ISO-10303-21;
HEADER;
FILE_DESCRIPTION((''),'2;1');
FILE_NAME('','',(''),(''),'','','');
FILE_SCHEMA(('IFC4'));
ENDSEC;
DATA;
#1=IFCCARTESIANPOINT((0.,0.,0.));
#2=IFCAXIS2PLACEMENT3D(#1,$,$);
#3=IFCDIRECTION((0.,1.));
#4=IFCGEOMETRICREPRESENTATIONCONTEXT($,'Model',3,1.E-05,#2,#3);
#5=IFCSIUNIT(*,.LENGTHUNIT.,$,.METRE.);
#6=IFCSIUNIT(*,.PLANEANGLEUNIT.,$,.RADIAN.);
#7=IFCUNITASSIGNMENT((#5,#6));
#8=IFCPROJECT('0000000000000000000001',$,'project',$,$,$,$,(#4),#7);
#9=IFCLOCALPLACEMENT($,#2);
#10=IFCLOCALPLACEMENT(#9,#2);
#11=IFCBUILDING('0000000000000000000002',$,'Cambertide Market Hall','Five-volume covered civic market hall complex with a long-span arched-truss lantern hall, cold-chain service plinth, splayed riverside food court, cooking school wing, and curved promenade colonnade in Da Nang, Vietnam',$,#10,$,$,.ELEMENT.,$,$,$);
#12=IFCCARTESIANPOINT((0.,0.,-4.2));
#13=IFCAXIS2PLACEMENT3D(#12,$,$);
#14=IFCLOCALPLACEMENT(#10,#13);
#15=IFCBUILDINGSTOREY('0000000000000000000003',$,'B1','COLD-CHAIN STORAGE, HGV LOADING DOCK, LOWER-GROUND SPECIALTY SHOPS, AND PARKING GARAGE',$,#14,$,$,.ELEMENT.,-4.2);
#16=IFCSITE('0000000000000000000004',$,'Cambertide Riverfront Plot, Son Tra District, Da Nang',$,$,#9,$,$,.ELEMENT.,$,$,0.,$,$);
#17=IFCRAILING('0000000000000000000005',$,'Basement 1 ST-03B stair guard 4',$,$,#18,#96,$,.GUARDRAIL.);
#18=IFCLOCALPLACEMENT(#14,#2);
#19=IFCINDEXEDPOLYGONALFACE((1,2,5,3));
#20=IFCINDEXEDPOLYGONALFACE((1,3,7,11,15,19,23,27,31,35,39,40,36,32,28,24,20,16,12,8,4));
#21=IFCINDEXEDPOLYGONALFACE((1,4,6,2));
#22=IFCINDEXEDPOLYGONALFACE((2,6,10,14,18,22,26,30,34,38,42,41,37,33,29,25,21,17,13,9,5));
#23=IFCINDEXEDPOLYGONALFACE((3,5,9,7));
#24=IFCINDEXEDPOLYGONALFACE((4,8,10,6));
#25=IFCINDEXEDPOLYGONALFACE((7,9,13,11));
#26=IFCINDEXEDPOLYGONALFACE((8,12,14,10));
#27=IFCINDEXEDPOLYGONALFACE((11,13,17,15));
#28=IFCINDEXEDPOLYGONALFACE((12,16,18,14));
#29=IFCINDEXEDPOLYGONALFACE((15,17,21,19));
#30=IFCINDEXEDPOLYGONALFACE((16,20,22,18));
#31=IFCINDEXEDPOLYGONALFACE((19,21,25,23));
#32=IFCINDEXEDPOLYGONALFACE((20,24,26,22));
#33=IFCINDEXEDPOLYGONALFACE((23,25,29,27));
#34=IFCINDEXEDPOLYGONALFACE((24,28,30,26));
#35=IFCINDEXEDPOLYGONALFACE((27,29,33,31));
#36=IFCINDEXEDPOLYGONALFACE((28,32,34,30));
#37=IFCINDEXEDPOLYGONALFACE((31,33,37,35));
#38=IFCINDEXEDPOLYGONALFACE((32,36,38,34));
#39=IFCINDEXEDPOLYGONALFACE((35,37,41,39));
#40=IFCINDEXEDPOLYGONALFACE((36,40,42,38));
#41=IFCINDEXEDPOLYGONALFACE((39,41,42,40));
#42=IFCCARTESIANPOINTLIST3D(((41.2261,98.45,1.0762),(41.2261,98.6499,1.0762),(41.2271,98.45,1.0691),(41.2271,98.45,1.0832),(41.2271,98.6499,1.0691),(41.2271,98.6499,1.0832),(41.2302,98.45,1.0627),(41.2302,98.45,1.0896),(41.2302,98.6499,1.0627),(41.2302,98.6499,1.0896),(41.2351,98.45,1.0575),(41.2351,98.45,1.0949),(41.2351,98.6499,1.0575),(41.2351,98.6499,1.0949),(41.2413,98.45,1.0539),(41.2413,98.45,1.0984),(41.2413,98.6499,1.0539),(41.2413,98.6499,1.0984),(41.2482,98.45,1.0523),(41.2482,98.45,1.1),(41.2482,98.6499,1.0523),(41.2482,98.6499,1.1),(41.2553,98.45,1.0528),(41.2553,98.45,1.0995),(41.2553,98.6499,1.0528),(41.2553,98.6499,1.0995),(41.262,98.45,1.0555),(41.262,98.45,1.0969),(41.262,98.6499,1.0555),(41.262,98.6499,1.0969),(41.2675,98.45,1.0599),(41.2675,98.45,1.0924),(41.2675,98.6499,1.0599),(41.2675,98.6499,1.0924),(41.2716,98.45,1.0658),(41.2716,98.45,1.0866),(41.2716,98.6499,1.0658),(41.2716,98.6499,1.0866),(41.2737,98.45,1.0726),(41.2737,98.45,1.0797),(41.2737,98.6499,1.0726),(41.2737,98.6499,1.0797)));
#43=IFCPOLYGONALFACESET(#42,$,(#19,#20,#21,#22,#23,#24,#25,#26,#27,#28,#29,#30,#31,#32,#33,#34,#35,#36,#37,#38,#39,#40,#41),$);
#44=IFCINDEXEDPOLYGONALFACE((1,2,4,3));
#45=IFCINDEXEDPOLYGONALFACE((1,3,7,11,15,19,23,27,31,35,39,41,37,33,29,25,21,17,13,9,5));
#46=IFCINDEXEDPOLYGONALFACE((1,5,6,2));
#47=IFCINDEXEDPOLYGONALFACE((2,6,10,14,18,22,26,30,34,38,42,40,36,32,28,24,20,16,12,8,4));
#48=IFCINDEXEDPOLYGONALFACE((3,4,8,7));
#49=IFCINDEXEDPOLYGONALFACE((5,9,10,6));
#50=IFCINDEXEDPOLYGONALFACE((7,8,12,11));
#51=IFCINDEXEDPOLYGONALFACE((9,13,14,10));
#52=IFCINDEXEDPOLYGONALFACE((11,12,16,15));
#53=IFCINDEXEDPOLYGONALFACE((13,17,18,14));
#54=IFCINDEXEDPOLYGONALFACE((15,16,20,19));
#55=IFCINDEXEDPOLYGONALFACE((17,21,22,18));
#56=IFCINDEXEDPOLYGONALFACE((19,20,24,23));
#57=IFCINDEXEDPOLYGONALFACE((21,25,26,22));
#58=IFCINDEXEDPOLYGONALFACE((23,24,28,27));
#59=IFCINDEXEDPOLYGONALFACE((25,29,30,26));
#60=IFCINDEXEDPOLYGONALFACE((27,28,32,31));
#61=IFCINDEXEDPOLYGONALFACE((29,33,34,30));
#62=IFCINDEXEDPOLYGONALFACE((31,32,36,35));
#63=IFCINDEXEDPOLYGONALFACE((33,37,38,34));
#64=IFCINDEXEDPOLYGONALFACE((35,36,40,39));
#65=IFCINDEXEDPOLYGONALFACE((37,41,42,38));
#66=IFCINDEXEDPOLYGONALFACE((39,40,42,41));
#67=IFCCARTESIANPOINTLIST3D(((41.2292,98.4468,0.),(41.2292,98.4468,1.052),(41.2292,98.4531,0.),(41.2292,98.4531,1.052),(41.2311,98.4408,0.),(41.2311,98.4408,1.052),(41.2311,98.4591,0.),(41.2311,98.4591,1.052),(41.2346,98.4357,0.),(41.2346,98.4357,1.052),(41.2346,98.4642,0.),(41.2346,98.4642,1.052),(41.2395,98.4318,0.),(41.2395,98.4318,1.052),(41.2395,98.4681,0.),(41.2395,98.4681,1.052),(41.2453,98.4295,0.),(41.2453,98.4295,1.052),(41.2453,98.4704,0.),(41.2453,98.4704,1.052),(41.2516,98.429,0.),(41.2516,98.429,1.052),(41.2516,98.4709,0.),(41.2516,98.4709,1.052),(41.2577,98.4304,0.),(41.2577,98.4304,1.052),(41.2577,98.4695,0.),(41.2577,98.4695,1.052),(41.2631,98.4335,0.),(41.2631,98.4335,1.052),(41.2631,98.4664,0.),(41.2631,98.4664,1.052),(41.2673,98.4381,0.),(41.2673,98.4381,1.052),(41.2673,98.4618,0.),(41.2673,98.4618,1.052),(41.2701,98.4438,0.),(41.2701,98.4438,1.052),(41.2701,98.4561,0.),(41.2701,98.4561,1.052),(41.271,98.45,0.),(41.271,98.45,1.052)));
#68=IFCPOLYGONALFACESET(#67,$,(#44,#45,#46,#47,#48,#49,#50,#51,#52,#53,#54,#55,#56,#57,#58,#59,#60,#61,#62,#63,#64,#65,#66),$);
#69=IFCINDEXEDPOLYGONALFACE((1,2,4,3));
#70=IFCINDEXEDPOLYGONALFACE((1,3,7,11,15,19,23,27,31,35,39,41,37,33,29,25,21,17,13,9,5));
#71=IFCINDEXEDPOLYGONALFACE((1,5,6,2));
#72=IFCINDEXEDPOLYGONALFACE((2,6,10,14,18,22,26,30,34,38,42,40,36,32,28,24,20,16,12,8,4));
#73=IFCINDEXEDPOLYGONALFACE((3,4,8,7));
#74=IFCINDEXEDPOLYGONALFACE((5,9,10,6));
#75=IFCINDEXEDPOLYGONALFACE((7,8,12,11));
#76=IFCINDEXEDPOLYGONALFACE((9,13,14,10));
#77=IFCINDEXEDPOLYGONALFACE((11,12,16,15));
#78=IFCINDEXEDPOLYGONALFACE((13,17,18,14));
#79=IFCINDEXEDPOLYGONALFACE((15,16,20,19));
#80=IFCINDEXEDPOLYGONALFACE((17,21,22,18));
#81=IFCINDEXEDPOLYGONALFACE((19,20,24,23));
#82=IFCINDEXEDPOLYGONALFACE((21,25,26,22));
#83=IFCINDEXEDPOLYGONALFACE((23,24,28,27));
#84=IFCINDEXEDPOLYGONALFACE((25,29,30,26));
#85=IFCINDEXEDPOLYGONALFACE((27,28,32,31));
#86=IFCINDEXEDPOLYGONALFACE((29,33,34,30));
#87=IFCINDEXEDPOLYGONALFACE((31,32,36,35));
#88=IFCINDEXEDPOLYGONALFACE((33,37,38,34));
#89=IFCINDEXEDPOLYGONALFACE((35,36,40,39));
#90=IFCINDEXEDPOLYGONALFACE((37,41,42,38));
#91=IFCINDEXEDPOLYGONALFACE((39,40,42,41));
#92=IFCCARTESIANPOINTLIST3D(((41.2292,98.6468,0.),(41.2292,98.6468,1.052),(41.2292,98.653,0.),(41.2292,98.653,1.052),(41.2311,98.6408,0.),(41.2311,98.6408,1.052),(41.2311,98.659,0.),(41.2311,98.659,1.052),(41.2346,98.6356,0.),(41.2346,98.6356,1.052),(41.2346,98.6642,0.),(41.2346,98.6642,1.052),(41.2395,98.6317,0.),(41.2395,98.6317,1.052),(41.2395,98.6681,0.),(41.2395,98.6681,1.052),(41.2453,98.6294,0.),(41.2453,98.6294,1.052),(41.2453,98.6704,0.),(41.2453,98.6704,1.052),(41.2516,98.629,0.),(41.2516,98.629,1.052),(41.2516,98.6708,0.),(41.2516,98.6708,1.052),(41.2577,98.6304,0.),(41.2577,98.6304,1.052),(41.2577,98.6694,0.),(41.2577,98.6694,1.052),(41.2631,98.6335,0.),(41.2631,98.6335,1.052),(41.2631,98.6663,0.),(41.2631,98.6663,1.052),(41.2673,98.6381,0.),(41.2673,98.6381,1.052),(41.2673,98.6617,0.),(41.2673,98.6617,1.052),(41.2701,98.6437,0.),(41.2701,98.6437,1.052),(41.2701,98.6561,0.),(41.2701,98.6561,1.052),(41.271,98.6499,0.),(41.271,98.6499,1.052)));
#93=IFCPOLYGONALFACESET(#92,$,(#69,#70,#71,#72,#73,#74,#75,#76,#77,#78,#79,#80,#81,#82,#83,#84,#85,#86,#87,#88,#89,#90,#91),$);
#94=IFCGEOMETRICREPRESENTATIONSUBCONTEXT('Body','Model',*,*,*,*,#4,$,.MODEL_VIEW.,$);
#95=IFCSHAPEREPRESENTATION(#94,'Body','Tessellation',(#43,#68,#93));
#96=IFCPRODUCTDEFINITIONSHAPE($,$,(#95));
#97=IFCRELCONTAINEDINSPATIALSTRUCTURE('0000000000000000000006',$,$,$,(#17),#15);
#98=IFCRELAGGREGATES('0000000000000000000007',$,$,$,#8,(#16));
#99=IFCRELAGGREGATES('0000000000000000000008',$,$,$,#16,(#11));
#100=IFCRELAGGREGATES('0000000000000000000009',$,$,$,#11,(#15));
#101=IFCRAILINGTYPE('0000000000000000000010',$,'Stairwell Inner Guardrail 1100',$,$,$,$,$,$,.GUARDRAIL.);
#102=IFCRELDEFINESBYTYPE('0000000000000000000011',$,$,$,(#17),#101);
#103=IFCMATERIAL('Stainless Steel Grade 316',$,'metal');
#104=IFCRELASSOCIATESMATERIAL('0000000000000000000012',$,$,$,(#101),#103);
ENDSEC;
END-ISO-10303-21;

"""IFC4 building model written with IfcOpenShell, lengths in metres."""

from ifc_helpers import new_model, si_unit, direction, frame, origin, origin_2d, place, context, subcontext, project, spatial, circle, extrude, material, type_object, element, save


model = new_model("IFC4")

# Units and contexts
model_context = context("Model", 3, precision=1e-05, world=origin(), true_north=direction((0.0, 1.0)))
body_context = subcontext(model_context, "Body", "Model", "MODEL_VIEW")
ifc_project = project(units=[si_unit("LENGTHUNIT", "METRE"), si_unit("PLANEANGLEUNIT", "RADIAN")], contexts=[model_context])

# Site, building, storey
site_placement = place(None, origin())
site = spatial("IfcSite", under=ifc_project, at=site_placement, Name="Cambertide Riverfront Plot, Son Tra District, Da Nang", CompositionType="ELEMENT", RefElevation=0.0)
building_placement = place(site_placement, origin())
building = spatial("IfcBuilding", under=site, at=building_placement, Name="Cambertide Market Hall", Description="Five-volume covered civic market hall complex with a long-span arched-truss lantern hall, cold-chain service plinth, splayed riverside food court, cooking school wing, and curved promenade colonnade in Da Nang, Vietnam", CompositionType="ELEMENT")
storey_placement = place(building_placement, frame((0.0, 0.0, -4.2)))
storey = spatial("IfcBuildingStorey", under=building, at=storey_placement, Name="B1", Description="COLD-CHAIN STORAGE, HGV LOADING DOCK, LOWER-GROUND SPECIALTY SHOPS, AND PARKING GARAGE", CompositionType="ELEMENT", Elevation=-4.2)

# Railing
ifc_material_1 = material(Name="Stainless Steel Grade 316", Category="metal")
railing_type_1 = type_object("IfcRailingType", Name="Stairwell Inner Guardrail 1100", PredefinedType="GUARDRAIL", material=ifc_material_1)
railing_1_placement = place(storey_placement, frame((41.25, 98.45, 0.0)))
element("IfcRailing", 1, at=railing_1_placement, inside=storey, type_object=railing_type_1, Name="Basement 1 ST-03B stair guard 4", PredefinedType="GUARDRAIL", context=body_context, shape_type="SweptSolid", body=[
    extrude(circle(Radius=0.0239, at=origin_2d()), frame((0.0, 0.0, 1.0762), z_axis=(0.0, 1.0, 0.0), x_axis=(-1.0, 0.0, 0.0)), (0.0, 0.0, 1.0), 0.2),
    extrude(circle(Radius=0.021, at=origin_2d()), origin(), (0.0, 0.0, 1.0), 1.052),
    extrude(circle(Radius=0.021, at=origin_2d()), frame((0.0, 0.2, 0.0)), (0.0, 0.0, 1.0), 1.052),
])

save(model, "model.ifc")
